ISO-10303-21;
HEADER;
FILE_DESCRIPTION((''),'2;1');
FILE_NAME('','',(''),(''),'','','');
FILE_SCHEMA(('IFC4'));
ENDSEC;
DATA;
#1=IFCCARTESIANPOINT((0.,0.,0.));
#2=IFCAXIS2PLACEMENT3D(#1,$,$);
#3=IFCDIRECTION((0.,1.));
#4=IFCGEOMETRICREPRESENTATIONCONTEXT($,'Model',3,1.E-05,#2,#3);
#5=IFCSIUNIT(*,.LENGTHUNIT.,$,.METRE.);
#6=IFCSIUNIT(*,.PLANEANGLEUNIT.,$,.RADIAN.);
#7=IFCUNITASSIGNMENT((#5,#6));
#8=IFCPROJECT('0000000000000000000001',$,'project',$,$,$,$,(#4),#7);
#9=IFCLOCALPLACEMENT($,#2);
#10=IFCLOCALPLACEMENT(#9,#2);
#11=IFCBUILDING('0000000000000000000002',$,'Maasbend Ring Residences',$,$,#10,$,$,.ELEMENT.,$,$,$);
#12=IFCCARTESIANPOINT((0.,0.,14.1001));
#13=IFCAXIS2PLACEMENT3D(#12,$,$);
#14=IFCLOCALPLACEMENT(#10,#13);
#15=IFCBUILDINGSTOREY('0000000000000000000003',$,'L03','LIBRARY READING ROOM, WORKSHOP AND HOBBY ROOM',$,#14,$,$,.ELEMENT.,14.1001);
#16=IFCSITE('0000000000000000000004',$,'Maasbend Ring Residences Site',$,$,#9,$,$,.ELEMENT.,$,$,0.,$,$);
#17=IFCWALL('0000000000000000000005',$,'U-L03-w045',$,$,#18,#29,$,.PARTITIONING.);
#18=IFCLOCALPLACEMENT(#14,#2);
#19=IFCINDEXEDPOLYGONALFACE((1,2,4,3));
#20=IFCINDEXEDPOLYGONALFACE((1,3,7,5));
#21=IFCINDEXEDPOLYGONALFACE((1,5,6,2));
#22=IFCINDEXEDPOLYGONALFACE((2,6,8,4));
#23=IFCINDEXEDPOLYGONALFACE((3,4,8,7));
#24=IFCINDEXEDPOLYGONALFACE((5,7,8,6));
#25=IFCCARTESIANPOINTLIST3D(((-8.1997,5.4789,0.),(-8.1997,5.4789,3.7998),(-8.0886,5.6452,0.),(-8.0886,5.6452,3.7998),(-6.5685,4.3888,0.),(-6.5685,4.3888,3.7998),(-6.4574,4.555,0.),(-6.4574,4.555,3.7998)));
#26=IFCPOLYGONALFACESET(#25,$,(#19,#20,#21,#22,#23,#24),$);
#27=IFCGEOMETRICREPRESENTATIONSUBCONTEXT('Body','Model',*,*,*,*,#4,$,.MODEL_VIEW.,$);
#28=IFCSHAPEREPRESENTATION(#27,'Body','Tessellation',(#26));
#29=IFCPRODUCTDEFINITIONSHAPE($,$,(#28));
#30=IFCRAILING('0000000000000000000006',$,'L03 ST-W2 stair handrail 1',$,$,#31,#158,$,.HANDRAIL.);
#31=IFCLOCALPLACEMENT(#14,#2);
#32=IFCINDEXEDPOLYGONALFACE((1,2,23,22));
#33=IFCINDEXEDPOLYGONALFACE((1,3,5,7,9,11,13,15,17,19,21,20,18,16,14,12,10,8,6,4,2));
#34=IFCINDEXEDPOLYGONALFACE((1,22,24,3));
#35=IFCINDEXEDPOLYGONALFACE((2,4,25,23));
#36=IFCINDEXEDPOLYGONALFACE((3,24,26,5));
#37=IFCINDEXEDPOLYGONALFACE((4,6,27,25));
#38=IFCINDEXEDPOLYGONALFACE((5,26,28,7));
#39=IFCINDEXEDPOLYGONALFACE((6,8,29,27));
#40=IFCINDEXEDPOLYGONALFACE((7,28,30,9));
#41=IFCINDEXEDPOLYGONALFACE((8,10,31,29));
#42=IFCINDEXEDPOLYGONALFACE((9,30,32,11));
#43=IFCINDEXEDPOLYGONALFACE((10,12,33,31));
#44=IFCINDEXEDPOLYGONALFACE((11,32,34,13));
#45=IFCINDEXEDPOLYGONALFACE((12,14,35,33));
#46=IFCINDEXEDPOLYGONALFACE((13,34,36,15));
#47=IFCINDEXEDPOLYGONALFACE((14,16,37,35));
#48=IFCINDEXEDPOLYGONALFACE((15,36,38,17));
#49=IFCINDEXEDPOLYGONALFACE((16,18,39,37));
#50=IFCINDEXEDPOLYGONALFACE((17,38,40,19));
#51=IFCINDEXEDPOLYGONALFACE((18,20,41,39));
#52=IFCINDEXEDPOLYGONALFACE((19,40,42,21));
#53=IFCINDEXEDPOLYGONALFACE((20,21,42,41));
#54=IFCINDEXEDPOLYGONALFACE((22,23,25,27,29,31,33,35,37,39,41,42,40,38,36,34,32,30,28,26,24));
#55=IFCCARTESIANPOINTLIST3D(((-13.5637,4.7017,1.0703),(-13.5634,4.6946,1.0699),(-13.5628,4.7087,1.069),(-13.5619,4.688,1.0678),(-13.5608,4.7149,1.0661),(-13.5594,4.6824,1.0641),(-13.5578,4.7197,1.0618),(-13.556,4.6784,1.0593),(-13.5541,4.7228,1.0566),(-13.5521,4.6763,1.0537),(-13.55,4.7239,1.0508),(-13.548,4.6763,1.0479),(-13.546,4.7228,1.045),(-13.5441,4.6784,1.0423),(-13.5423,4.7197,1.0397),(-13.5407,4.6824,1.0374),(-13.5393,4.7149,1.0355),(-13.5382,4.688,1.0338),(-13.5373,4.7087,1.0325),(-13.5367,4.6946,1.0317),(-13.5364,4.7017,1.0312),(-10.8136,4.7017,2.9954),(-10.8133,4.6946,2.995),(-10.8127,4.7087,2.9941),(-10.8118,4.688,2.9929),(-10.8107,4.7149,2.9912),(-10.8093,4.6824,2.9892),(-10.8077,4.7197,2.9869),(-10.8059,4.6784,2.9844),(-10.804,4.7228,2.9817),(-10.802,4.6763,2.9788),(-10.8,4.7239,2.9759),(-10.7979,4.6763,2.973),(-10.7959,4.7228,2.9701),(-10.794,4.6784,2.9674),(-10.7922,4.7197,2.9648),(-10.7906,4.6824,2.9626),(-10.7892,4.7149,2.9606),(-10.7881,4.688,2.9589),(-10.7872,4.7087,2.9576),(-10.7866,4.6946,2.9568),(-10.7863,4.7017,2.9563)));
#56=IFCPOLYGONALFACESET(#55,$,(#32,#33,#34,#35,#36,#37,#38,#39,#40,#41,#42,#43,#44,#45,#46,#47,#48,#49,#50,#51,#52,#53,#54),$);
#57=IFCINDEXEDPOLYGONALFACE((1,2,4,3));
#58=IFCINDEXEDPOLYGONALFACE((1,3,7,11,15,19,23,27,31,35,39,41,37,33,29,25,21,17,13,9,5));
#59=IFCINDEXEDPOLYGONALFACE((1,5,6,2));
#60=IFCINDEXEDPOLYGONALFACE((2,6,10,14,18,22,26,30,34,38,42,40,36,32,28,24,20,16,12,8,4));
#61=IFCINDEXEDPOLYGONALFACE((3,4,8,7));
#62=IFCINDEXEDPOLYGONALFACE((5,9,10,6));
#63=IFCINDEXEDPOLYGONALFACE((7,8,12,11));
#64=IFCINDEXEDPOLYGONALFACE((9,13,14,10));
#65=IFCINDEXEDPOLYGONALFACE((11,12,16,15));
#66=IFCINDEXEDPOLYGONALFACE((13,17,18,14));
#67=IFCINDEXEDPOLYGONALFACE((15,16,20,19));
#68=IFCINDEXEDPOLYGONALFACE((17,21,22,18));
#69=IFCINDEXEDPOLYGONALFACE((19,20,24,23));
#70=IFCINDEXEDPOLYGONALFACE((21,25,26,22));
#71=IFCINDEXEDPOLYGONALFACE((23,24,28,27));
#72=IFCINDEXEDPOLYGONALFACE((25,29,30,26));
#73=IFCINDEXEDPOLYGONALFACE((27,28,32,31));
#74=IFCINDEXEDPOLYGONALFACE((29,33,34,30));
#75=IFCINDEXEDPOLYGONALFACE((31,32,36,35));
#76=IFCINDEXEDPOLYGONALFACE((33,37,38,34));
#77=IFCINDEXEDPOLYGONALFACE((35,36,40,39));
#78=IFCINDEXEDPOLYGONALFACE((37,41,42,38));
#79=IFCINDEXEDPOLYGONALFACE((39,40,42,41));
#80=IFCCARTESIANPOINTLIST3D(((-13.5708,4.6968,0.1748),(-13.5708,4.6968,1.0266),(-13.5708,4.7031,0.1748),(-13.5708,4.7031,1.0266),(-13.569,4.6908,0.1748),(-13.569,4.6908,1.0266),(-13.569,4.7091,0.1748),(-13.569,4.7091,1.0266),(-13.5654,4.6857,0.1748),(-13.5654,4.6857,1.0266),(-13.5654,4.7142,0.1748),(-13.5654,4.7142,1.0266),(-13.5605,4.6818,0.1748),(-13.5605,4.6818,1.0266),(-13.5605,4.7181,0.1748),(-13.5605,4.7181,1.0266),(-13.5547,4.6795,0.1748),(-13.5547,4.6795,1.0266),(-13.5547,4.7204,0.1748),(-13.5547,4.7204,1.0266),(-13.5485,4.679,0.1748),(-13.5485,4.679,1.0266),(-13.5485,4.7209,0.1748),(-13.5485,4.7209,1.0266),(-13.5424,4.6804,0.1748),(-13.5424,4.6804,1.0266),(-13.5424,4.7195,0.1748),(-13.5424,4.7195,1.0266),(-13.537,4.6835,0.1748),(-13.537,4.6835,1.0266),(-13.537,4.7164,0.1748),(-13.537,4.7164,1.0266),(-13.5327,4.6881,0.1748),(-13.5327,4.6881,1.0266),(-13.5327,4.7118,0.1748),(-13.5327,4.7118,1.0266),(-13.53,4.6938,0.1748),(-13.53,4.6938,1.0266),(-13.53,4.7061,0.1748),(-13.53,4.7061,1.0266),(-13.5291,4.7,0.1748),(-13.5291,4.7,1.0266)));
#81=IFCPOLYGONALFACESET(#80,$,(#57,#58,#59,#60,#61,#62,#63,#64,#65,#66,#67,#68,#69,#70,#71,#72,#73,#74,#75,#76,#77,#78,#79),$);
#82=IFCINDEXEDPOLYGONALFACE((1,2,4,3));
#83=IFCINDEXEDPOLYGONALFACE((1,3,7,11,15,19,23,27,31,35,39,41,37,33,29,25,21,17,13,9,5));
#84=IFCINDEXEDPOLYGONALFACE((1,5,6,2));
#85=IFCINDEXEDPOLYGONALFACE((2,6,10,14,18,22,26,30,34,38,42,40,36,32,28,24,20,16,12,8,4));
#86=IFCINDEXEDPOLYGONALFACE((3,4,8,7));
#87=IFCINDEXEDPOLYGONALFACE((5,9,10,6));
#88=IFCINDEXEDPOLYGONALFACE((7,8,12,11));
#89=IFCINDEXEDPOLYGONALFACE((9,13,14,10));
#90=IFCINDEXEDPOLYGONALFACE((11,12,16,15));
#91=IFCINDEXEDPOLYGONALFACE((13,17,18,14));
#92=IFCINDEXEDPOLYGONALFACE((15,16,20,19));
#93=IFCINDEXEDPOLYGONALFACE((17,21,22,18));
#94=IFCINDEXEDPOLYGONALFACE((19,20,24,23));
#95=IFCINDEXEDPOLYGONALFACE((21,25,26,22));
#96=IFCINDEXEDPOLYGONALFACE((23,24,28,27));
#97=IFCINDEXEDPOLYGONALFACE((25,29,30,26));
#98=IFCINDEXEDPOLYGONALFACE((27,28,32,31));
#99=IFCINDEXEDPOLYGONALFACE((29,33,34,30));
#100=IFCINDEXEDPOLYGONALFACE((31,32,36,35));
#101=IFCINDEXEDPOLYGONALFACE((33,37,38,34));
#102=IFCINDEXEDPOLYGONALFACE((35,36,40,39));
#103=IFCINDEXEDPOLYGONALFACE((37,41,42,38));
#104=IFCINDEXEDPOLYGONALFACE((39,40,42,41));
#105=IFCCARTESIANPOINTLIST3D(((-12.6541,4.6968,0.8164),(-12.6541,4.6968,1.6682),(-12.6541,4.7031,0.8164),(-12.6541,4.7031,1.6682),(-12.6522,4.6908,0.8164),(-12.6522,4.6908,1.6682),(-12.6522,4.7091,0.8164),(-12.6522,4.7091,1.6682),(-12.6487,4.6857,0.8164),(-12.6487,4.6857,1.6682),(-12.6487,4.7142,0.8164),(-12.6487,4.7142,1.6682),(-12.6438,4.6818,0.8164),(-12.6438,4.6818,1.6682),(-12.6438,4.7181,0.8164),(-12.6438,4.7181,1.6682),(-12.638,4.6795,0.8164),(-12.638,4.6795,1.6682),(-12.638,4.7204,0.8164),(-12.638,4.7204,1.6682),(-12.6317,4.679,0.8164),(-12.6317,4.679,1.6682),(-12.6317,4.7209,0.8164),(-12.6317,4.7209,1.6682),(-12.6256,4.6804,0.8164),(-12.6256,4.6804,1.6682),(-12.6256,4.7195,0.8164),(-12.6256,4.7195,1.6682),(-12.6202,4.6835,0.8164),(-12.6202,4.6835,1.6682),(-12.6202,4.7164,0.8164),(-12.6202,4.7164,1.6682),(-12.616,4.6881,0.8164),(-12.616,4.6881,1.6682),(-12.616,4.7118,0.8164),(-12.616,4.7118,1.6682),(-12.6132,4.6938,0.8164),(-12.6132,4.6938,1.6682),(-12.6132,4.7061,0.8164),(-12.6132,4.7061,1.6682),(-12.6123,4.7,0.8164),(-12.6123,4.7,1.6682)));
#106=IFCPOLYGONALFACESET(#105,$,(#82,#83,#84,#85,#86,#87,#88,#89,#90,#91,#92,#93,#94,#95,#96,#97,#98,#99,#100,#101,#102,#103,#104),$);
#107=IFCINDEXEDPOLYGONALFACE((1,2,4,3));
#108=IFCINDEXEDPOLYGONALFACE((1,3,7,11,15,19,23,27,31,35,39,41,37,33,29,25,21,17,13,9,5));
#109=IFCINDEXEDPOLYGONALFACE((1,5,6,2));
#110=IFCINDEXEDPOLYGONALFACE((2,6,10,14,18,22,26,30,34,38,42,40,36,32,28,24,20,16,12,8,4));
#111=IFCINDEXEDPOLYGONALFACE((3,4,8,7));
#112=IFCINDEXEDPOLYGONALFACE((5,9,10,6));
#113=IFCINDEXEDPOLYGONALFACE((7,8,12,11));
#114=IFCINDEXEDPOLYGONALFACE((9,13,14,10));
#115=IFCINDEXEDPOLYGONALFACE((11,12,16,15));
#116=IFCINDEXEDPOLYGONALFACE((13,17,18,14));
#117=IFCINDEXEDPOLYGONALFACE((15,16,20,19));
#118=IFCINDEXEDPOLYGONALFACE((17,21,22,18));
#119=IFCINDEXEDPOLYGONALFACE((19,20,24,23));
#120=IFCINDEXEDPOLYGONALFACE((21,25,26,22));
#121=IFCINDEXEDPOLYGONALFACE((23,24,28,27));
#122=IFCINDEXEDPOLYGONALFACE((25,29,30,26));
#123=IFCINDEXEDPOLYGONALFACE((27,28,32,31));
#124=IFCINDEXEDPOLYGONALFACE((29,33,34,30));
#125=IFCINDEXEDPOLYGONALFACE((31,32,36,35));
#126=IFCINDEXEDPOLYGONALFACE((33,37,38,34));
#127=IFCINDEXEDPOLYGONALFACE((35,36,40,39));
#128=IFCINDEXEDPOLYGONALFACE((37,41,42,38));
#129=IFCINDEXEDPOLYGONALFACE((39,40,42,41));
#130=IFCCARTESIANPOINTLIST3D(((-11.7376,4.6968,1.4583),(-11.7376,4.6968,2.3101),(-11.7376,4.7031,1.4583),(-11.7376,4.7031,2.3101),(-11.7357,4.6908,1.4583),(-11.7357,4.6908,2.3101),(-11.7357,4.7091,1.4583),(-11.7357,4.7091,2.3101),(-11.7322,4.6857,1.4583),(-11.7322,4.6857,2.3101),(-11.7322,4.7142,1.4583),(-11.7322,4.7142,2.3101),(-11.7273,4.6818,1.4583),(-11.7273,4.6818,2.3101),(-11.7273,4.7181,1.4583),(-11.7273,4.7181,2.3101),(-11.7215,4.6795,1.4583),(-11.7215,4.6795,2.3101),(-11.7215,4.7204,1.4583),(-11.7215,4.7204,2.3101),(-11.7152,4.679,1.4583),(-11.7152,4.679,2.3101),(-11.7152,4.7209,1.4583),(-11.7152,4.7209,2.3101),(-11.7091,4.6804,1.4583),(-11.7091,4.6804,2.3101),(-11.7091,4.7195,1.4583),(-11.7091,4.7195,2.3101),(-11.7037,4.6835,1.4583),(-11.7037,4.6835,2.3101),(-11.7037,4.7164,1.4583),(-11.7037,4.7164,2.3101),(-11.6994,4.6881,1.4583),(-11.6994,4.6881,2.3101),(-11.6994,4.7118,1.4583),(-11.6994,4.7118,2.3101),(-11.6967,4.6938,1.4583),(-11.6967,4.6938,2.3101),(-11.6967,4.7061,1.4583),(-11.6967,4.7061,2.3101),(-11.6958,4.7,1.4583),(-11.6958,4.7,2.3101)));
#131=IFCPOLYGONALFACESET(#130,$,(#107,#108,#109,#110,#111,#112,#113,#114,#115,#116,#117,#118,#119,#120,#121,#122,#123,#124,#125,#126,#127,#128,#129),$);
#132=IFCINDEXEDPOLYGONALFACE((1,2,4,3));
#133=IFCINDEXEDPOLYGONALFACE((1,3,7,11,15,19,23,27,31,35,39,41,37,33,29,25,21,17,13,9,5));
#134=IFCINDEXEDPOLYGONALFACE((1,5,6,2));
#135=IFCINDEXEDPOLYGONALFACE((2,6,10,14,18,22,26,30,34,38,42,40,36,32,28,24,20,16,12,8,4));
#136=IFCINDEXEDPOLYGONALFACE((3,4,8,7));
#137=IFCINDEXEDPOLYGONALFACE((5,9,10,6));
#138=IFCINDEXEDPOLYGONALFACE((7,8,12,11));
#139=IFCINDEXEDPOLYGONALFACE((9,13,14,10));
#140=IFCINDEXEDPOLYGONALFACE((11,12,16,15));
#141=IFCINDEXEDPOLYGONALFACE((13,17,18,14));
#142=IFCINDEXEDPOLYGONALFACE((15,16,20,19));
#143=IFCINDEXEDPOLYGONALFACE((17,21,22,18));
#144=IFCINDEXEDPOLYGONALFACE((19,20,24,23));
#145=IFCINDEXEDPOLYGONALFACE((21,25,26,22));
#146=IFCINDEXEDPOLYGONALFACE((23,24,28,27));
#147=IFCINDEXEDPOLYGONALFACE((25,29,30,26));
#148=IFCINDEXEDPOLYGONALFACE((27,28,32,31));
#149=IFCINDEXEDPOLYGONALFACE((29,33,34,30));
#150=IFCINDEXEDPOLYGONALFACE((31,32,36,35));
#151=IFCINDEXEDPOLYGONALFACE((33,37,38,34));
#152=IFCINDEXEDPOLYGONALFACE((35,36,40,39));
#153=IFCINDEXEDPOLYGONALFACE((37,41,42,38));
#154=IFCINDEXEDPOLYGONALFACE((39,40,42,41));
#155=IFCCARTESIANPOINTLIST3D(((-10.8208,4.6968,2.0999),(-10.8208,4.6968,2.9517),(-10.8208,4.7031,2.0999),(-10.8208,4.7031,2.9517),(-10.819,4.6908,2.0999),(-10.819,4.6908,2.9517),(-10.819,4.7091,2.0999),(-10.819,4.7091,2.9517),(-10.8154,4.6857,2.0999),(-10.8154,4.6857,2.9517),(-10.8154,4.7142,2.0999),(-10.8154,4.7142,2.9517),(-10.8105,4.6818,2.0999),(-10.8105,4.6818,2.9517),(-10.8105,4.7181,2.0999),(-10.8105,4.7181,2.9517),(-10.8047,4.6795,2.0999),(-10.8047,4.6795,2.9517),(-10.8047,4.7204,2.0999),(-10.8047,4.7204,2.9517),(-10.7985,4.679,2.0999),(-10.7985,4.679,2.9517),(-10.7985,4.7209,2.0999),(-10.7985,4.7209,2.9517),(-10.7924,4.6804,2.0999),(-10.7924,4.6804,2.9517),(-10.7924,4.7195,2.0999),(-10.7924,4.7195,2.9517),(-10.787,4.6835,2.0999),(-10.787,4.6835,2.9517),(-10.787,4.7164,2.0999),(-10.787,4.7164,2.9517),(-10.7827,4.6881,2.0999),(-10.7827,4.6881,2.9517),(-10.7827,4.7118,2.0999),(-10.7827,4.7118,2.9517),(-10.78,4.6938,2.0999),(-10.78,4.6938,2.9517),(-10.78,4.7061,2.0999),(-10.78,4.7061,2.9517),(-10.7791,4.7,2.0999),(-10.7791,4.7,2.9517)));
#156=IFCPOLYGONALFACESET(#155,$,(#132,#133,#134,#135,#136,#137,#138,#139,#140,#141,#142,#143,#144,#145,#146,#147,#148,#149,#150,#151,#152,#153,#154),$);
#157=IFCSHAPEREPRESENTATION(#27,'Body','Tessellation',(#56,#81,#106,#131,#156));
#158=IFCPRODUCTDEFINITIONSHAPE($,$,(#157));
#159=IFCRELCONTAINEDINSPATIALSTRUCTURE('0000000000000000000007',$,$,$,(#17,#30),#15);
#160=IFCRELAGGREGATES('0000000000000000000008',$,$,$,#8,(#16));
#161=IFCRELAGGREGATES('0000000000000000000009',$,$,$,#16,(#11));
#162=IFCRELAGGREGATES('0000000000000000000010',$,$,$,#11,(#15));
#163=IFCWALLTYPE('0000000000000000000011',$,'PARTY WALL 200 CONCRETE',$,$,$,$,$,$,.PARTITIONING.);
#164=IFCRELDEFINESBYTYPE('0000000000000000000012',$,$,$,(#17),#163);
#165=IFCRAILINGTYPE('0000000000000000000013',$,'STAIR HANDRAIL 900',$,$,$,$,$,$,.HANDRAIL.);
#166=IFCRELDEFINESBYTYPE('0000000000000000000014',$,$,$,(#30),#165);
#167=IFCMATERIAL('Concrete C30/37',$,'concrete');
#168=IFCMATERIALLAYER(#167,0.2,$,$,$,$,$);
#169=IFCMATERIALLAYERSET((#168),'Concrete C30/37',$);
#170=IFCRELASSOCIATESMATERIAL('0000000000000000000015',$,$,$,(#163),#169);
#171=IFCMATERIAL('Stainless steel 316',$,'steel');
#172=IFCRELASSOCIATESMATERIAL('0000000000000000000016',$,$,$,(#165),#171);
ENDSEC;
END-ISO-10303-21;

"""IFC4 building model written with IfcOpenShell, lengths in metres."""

from ifc_helpers import new_model, si_unit, direction, frame, frame_2d, origin, origin_2d, place, context, subcontext, project, spatial, rectangle, circle, extrude, material, layer, layer_set, type_object, element, save


model = new_model("IFC4")

# Units and contexts
model_context = context("Model", 3, precision=1e-05, world=origin(), true_north=direction((0.0, 1.0)))
body_context = subcontext(model_context, "Body", "Model", "MODEL_VIEW")
ifc_project = project(units=[si_unit("LENGTHUNIT", "METRE"), si_unit("PLANEANGLEUNIT", "RADIAN")], contexts=[model_context])

# Site, building, storey
site_placement = place(None, origin())
site = spatial("IfcSite", under=ifc_project, at=site_placement, Name="Maasbend Ring Residences Site", CompositionType="ELEMENT", RefElevation=0.0)
building_placement = place(site_placement, origin())
building = spatial("IfcBuilding", under=site, at=building_placement, Name="Maasbend Ring Residences", CompositionType="ELEMENT")
storey_placement = place(building_placement, frame((0.0, 0.0, 14.1001)))
storey = spatial("IfcBuildingStorey", under=building, at=storey_placement, Name="L03", Description="LIBRARY READING ROOM, WORKSHOP AND HOBBY ROOM", CompositionType="ELEMENT", Elevation=14.1001)

# Wall
ifc_material_1 = material(Name="Concrete C30/37", Category="concrete")
ifc_layer_1 = layer(ifc_material_1, 0.2)
ifc_layer_set_1 = layer_set([ifc_layer_1], Name="Concrete C30/37")
wall_type_1 = type_object("IfcWallType", Name="PARTY WALL 200 CONCRETE", PredefinedType="PARTITIONING", material=ifc_layer_set_1)
wall_1_placement = place(storey_placement, frame((-6.5129, 4.4719, 0.0), z_axis=(0.0, 0.0, 1.0), x_axis=(-0.831418, 0.555648, 0.0)))
element("IfcWall", 1, at=wall_1_placement, inside=storey, type_object=wall_type_1, Name="U-L03-w045", PredefinedType="PARTITIONING", context=body_context, shape_type="SweptSolid", body=[
    extrude(rectangle(XDim=1.9619, YDim=0.2, at=frame_2d((0.981, 0.0))), origin(), (0.0, 0.0, 1.0), 3.7998),
])

# Railing
ifc_material_2 = material(Name="Stainless steel 316", Category="steel")
railing_type_1 = type_object("IfcRailingType", Name="STAIR HANDRAIL 900", PredefinedType="HANDRAIL", material=ifc_material_2)
railing_1_placement = place(storey_placement, frame((-13.55, 4.7, 0.1748)))
element("IfcRailing", 2, at=railing_1_placement, inside=storey, type_object=railing_type_1, Name="L03 ST-W2 stair handrail 1", PredefinedType="HANDRAIL", context=body_context, shape_type="SweptSolid", body=[
    extrude(circle(Radius=0.0239, at=origin_2d()), frame((0.0, 0.0, 0.876), z_axis=(0.819225, 0.0, 0.573472), x_axis=(0.0, 1.0, 0.0)), (0.0, 0.0, 1.0), 3.3569),
    extrude(circle(Radius=0.021, at=origin_2d()), origin(), (0.0, 0.0, 1.0), 0.8518),
    extrude(circle(Radius=0.021, at=origin_2d()), frame((0.9167, 0.0, 0.6416)), (0.0, 0.0, 1.0), 0.8518),
    extrude(circle(Radius=0.021, at=origin_2d()), frame((1.8333, 0.0, 1.2834)), (0.0, 0.0, 1.0), 0.8518),
    extrude(circle(Radius=0.021, at=origin_2d()), frame((2.75, 0.0, 1.925)), (0.0, 0.0, 1.0), 0.8518),
])

save(model, "model.ifc")
